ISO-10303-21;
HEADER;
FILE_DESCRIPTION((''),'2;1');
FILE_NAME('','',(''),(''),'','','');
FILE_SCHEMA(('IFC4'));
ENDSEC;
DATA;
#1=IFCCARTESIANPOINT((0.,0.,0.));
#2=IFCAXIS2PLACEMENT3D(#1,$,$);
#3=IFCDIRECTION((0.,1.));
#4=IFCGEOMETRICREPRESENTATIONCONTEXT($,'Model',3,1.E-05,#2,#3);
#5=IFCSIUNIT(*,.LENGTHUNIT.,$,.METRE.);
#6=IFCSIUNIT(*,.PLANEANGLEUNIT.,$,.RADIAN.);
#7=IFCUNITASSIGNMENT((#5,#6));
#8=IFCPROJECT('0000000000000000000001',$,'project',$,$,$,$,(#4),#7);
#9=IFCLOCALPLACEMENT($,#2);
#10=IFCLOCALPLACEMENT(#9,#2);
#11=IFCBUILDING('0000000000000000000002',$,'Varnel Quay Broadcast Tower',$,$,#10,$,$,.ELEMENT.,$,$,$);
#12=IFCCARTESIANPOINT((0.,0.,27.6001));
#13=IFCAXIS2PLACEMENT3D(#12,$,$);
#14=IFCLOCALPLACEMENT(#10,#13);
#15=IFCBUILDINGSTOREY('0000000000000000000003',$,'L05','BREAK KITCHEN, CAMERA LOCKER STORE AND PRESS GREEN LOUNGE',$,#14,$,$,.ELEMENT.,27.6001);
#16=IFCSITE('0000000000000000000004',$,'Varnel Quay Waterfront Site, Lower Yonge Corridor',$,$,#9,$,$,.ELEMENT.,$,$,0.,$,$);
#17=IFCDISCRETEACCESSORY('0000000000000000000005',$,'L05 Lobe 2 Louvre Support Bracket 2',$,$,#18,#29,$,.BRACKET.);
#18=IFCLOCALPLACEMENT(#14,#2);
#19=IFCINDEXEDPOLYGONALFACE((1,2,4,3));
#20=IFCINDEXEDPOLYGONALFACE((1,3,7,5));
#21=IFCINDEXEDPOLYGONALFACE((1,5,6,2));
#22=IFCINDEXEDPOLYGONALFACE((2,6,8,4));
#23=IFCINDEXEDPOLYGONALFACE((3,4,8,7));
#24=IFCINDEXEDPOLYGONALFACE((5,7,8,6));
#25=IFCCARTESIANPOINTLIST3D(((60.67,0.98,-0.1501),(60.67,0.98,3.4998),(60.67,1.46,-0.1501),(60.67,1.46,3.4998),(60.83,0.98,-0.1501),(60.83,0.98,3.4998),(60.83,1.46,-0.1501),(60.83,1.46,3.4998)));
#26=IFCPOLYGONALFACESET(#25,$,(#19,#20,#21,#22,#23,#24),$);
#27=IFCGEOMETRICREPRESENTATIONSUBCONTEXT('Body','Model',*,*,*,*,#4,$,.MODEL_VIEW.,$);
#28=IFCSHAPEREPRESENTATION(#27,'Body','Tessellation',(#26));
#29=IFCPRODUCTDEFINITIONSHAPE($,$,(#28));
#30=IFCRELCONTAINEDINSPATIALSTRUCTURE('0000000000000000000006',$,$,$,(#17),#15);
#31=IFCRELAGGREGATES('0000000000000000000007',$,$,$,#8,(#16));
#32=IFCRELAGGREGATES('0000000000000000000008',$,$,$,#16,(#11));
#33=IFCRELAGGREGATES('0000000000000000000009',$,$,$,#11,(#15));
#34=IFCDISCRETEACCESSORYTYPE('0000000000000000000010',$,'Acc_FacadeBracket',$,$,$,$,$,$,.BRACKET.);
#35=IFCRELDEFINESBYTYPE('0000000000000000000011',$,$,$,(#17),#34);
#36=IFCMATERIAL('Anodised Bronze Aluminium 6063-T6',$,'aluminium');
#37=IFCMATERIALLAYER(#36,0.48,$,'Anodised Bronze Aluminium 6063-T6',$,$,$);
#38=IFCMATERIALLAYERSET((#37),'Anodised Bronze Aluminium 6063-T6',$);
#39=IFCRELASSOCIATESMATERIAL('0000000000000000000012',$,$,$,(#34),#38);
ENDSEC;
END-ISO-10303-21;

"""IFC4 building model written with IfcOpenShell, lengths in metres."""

from ifc_helpers import new_model, si_unit, direction, frame, origin, origin_2d, place, context, subcontext, project, spatial, rectangle, extrude, source, transform, mapped, material, layer, layer_set, type_object, type_shapes, element, save


model = new_model("IFC4")

# Units and contexts
model_context = context("Model", 3, precision=1e-05, world=origin(), true_north=direction((0.0, 1.0)))
body_context = subcontext(model_context, "Body", "Model", "MODEL_VIEW")
ifc_project = project(units=[si_unit("LENGTHUNIT", "METRE"), si_unit("PLANEANGLEUNIT", "RADIAN")], contexts=[model_context])

# Site, building, storey
site_placement = place(None, origin())
site = spatial("IfcSite", under=ifc_project, at=site_placement, Name="Varnel Quay Waterfront Site, Lower Yonge Corridor", CompositionType="ELEMENT", RefElevation=0.0)
building_placement = place(site_placement, origin())
building = spatial("IfcBuilding", under=site, at=building_placement, Name="Varnel Quay Broadcast Tower", CompositionType="ELEMENT")
storey_placement = place(building_placement, frame((0.0, 0.0, 27.6001)))
storey = spatial("IfcBuildingStorey", under=building, at=storey_placement, Name="L05", Description="BREAK KITCHEN, CAMERA LOCKER STORE AND PRESS GREEN LOUNGE", CompositionType="ELEMENT", Elevation=27.6001)

# Shared definitions
ifc_material_1 = material(Name="Anodised Bronze Aluminium 6063-T6", Category="aluminium")

# Discrete accessory
ifc_layer_1 = layer(ifc_material_1, 0.48, Name="Anodised Bronze Aluminium 6063-T6")
ifc_layer_set_1 = layer_set([ifc_layer_1], Name="Anodised Bronze Aluminium 6063-T6")
discrete_accessory_type = type_object("IfcDiscreteAccessoryType", Name="Acc_FacadeBracket", PredefinedType="BRACKET", material=ifc_layer_set_1)
shared_shape_1 = source(origin(), body_context, "Body", "SweptSolid", [
    extrude(rectangle(XDim=0.1599, YDim=0.48, at=origin_2d()), origin(), (0.0, 0.0, 1.0), 3.6499),
])
type_shapes(discrete_accessory_type, [shared_shape_1])
discrete_accessory_placement = place(storey_placement, frame((60.75, 1.22, -0.1501), z_axis=(0.0, 0.0, 1.0), x_axis=(1.0, 0.0, 0.0)))
element("IfcDiscreteAccessory", 1, at=discrete_accessory_placement, inside=storey, type_object=discrete_accessory_type, Name="L05 Lobe 2 Louvre Support Bracket 2", PredefinedType="BRACKET", context=body_context, shape_type="MappedRepresentation", body=[
    mapped(shared_shape_1, transform((0.0, 0.0, 0.0), x_axis=(1.0, 0.0, 0.0), y_axis=(0.0, 1.0, 0.0), z_axis=(0.0, 0.0, 1.0), scale=1.0)),
])

save(model, "model.ifc")
